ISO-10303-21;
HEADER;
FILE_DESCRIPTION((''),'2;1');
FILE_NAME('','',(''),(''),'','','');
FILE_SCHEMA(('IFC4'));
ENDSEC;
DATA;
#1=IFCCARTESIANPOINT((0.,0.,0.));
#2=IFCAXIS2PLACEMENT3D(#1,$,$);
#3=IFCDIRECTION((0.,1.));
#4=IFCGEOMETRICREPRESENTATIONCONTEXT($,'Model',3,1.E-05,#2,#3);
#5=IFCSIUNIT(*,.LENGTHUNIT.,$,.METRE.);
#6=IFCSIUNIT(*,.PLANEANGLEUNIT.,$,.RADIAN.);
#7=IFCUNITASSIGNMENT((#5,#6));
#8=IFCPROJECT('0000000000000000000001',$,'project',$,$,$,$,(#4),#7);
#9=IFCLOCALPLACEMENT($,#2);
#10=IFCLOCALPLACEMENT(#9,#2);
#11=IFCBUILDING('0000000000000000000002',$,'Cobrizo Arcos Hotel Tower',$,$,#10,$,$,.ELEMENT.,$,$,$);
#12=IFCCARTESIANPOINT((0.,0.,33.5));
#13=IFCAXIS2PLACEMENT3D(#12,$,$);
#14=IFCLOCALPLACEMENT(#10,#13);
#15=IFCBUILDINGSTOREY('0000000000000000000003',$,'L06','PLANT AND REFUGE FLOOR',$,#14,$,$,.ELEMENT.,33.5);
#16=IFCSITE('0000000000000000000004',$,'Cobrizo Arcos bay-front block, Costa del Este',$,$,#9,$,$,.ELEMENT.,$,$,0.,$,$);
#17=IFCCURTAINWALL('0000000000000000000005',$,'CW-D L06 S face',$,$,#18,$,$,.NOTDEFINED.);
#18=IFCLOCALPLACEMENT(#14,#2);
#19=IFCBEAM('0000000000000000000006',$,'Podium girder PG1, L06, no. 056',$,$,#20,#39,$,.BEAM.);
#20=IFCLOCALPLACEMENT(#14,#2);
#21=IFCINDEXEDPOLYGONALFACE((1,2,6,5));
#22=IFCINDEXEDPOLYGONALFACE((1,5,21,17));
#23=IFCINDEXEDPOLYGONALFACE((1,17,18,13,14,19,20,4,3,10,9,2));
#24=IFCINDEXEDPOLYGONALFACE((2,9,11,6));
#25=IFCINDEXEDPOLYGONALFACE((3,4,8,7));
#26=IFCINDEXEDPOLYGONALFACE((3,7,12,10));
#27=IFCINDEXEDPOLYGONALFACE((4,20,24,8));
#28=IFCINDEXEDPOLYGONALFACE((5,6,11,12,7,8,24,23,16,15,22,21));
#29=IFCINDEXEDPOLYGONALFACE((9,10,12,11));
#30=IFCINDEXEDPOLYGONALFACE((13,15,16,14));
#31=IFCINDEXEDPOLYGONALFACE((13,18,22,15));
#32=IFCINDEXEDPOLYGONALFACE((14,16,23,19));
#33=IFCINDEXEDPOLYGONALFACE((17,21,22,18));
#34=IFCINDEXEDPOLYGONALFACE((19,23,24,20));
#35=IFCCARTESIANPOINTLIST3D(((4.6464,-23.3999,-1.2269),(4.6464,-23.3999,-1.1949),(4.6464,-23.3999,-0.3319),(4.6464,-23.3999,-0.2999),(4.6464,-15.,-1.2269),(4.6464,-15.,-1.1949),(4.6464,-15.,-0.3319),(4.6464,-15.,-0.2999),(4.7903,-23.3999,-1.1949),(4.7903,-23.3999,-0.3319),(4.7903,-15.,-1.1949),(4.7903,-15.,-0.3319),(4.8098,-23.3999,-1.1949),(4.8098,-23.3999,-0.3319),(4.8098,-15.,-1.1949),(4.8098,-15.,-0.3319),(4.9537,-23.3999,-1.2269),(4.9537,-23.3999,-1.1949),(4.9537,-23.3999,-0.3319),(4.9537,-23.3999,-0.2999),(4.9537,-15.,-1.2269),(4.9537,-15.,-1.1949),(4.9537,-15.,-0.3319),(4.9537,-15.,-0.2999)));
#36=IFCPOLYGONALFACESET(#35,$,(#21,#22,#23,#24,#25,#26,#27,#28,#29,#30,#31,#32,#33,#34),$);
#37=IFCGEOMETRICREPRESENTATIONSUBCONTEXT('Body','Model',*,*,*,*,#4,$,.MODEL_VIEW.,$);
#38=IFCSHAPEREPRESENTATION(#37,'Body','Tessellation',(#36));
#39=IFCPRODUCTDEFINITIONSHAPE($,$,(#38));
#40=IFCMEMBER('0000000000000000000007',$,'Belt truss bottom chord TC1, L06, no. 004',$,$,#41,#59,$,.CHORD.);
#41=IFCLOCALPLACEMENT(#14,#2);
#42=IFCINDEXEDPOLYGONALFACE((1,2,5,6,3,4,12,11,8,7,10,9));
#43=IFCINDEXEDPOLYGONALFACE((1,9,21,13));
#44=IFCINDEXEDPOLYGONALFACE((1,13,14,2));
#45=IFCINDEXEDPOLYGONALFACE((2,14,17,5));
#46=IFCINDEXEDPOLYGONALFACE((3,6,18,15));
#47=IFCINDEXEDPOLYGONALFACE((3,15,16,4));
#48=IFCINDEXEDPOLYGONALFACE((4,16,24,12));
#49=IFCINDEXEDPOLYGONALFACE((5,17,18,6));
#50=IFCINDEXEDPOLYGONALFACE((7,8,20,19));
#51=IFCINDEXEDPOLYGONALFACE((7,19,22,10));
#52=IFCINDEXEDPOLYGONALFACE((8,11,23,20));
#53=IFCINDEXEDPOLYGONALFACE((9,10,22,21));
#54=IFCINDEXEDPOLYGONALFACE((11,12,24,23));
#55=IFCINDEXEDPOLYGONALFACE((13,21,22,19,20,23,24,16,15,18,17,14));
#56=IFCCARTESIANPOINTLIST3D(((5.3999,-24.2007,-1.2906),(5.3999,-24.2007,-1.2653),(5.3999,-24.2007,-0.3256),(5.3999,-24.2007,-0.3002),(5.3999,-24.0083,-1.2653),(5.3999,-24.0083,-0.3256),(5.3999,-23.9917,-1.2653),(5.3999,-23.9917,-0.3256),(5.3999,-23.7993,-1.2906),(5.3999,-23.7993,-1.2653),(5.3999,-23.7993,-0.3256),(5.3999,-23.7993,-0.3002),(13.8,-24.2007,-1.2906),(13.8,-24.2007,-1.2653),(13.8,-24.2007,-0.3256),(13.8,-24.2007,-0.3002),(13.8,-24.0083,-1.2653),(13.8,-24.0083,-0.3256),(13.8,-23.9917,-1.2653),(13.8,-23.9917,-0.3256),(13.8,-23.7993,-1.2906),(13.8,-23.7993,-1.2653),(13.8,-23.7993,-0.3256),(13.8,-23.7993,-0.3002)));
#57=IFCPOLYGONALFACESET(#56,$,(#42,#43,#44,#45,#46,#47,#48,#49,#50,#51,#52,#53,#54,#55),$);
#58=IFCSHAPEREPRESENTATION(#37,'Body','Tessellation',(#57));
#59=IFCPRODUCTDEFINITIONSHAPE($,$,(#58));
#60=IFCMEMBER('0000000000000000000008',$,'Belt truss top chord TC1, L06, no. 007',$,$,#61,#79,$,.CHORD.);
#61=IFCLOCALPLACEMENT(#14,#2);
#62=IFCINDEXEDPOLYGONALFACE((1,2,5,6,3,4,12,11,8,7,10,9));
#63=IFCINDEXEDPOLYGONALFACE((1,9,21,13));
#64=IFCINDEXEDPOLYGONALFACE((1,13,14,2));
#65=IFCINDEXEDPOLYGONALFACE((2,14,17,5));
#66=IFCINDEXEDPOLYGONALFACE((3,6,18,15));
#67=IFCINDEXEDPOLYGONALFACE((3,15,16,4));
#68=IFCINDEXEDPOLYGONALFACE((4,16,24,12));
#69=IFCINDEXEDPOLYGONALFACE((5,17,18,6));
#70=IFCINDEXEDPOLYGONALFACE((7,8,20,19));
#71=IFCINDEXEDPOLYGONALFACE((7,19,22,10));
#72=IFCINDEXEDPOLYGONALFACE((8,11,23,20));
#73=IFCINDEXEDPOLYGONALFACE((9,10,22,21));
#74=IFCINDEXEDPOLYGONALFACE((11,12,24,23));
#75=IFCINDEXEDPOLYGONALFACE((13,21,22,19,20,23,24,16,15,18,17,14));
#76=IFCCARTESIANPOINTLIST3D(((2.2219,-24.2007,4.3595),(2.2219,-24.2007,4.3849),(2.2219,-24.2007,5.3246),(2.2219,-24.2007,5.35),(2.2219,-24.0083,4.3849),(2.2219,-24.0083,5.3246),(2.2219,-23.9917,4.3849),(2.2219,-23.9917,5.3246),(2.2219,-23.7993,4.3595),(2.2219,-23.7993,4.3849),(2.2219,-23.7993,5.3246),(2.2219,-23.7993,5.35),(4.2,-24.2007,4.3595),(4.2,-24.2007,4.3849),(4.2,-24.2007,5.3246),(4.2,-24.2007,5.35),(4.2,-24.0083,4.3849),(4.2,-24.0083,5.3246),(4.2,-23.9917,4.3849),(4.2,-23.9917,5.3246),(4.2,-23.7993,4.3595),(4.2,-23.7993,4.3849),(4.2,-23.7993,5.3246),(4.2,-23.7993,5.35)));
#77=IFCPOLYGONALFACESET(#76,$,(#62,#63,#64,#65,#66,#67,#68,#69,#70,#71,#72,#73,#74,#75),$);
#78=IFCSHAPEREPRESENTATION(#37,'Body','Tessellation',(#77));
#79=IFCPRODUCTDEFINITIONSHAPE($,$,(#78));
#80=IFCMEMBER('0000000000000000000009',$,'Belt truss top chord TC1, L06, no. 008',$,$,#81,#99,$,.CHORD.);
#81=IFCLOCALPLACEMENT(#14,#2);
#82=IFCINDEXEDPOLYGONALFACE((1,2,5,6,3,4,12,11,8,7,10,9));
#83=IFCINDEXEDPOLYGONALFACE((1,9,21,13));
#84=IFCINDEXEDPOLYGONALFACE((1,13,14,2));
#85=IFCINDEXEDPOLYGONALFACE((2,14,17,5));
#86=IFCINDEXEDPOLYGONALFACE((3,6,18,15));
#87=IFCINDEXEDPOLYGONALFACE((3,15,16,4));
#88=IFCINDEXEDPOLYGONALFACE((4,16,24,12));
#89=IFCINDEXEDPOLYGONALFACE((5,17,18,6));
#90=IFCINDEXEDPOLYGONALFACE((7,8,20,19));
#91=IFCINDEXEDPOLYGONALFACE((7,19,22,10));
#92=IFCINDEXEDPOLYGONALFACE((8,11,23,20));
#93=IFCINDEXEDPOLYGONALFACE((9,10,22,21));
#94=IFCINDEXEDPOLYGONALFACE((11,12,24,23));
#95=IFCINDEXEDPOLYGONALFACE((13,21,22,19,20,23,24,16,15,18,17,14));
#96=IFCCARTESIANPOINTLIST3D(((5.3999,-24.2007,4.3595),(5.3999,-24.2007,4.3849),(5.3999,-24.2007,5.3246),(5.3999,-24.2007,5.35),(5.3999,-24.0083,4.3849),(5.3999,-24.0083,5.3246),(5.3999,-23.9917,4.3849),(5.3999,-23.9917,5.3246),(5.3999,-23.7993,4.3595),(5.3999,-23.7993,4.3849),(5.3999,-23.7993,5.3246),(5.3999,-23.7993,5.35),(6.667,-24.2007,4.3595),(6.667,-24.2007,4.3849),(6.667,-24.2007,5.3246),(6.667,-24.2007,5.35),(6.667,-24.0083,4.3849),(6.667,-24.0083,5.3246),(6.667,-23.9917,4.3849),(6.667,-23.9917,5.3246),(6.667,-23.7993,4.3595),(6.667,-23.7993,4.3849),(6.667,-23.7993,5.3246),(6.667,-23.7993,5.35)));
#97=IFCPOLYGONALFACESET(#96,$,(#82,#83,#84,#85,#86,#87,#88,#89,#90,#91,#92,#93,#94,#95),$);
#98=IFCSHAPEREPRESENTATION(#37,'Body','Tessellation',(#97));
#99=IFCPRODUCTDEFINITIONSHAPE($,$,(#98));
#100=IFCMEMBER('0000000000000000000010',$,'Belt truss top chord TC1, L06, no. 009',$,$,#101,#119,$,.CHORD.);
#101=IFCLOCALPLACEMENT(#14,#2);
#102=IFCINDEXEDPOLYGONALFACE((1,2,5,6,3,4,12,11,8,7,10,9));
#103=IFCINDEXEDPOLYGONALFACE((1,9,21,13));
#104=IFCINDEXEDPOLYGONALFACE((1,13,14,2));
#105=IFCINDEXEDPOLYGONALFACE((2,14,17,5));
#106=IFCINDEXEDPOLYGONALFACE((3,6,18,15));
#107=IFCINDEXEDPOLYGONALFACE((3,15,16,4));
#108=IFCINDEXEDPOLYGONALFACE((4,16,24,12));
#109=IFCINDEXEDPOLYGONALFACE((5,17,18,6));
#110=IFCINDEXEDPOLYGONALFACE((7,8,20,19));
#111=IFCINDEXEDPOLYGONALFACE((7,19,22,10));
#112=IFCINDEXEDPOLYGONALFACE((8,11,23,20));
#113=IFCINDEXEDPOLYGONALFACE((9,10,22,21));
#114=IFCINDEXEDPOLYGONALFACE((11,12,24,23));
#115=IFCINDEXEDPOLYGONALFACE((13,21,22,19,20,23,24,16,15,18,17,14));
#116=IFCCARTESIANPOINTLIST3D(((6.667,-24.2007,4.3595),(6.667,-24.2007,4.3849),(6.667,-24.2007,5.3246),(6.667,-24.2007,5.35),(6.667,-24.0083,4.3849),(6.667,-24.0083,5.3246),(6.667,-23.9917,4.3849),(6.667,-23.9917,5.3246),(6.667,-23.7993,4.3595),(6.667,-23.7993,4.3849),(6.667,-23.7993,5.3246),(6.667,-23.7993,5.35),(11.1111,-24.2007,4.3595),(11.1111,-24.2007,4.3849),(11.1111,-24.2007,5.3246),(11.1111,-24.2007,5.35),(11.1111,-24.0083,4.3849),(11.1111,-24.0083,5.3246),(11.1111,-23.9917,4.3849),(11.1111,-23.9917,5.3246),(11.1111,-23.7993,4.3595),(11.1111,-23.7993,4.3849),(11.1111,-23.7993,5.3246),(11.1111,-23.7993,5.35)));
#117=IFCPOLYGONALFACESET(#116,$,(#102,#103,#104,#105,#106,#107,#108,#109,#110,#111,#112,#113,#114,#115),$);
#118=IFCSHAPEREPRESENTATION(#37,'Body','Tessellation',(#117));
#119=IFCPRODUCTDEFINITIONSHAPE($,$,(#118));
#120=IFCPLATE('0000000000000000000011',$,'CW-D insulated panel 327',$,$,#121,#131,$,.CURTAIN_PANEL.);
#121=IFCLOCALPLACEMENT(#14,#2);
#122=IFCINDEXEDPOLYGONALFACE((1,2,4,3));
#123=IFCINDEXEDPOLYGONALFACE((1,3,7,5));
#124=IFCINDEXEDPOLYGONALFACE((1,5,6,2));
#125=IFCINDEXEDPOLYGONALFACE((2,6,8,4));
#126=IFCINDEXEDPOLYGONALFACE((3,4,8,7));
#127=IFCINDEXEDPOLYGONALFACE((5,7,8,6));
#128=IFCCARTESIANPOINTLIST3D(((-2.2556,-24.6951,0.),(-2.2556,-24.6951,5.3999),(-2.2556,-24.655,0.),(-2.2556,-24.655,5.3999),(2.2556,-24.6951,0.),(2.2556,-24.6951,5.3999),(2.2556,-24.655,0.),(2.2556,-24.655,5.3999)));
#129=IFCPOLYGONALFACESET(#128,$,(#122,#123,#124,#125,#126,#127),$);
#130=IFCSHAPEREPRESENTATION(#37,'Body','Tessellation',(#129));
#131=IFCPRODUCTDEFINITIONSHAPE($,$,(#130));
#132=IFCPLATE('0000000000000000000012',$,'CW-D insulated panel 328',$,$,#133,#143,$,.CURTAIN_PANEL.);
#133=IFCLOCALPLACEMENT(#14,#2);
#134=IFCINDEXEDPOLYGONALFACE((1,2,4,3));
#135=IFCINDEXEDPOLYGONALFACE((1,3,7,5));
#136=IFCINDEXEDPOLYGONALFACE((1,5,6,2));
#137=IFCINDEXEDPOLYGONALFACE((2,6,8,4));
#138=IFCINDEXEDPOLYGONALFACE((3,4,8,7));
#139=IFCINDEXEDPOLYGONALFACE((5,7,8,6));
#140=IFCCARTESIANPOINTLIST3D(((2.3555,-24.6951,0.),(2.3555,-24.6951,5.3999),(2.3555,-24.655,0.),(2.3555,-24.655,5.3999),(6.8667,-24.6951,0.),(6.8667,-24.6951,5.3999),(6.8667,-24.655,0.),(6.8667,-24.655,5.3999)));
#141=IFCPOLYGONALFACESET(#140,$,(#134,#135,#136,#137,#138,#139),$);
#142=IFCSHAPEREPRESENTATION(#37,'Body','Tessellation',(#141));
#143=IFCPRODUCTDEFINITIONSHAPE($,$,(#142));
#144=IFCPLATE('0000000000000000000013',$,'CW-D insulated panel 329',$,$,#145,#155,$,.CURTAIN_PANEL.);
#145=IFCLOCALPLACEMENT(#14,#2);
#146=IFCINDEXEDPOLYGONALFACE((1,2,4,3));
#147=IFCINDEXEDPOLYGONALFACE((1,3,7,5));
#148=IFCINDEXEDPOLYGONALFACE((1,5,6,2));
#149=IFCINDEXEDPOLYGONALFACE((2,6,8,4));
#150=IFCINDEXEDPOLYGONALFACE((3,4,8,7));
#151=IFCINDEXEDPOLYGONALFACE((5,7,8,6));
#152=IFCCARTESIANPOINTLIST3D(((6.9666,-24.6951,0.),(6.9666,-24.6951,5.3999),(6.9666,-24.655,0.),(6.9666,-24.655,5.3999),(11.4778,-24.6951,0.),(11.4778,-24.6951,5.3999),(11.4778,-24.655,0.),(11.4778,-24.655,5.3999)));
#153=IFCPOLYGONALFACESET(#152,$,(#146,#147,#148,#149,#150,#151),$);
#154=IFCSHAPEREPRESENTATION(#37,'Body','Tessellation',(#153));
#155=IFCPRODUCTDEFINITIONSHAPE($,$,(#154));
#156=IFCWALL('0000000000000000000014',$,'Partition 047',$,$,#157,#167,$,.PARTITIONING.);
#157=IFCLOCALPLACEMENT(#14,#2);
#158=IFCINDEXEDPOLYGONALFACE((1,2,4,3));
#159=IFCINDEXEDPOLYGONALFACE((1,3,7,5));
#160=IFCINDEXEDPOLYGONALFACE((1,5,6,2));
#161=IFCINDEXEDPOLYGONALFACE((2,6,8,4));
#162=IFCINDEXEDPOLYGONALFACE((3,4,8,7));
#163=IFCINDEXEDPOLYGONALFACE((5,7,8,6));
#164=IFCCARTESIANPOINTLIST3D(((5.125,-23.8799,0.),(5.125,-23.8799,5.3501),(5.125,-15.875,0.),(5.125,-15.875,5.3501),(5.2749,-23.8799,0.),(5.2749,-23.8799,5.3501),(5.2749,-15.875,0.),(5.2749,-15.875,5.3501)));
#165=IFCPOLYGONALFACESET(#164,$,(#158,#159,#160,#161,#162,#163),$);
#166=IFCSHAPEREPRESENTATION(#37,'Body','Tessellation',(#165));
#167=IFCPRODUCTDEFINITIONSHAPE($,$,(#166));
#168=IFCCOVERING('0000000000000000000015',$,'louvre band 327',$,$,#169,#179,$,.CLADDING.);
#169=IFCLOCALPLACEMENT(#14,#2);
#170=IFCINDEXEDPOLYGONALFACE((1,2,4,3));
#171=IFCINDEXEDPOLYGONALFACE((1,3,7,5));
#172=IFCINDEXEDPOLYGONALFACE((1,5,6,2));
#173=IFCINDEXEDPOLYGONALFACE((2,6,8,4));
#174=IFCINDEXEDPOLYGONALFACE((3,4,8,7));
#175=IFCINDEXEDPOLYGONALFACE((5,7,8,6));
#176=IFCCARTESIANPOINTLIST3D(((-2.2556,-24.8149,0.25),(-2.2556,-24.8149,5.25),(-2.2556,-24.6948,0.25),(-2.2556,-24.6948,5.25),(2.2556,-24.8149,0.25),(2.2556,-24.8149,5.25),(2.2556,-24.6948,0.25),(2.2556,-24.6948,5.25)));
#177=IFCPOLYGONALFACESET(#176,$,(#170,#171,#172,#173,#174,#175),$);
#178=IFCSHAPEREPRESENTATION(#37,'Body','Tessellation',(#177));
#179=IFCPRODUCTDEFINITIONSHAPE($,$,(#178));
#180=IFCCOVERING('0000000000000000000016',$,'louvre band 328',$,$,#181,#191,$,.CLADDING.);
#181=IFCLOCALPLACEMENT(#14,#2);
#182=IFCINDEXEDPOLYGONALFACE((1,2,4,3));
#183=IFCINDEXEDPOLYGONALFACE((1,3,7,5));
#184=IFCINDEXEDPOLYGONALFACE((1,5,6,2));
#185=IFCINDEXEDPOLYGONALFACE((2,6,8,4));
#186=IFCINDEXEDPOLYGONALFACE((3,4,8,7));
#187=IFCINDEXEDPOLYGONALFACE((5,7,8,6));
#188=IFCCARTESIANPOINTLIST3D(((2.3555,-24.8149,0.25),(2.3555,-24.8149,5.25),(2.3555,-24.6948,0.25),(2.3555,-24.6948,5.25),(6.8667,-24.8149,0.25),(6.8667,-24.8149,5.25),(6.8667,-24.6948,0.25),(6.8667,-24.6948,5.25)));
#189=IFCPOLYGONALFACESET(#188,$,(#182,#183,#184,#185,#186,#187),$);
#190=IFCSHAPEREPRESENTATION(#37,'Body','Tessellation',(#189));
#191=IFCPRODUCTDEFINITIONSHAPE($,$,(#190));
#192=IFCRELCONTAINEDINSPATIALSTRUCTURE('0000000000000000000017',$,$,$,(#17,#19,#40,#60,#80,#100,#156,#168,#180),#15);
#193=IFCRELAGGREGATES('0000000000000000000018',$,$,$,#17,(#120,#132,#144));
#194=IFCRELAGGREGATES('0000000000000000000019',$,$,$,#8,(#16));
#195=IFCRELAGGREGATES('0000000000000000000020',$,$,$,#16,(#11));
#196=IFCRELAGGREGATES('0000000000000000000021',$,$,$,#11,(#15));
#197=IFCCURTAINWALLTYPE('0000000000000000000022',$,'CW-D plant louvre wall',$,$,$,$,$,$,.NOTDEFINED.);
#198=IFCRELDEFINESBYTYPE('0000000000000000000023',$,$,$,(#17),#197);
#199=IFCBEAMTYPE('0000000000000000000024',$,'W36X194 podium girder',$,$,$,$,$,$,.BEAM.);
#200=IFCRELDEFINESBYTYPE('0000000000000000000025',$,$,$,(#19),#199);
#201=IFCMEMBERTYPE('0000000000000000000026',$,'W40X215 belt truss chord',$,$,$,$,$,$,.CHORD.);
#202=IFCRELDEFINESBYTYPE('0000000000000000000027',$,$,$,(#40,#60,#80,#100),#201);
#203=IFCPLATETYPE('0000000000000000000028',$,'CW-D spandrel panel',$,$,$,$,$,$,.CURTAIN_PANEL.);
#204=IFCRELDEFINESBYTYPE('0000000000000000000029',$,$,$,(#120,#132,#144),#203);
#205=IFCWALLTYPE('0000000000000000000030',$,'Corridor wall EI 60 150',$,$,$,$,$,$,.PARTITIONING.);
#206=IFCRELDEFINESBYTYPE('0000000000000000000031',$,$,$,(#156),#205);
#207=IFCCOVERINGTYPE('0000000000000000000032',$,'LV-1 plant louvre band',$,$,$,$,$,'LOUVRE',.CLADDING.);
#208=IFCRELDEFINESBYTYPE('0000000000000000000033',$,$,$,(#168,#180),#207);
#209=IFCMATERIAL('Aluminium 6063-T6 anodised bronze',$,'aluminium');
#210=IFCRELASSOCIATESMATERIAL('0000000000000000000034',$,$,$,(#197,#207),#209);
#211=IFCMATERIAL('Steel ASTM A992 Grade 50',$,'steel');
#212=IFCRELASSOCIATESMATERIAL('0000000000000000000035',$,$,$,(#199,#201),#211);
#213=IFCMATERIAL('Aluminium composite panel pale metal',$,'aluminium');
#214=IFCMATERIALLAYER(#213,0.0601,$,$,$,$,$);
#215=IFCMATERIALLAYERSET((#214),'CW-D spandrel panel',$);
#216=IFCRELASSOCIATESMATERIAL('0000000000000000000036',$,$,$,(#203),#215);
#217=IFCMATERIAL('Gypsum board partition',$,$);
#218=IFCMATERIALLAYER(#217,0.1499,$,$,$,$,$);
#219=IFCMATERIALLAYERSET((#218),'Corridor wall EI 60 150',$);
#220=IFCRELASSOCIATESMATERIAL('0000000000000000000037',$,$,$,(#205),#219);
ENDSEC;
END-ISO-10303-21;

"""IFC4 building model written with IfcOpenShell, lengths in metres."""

from ifc_helpers import new_model, si_unit, direction, frame, frame_2d, origin, origin_2d, place, context, subcontext, project, spatial, rectangle, i_section, extrude, material, layer, layer_set, material_profile, profile_set, type_object, element, aggregate, save


model = new_model("IFC4")

# Units and contexts
model_context = context("Model", 3, precision=1e-05, world=origin(), true_north=direction((0.0, 1.0)))
body_context = subcontext(model_context, "Body", "Model", "MODEL_VIEW")
ifc_project = project(units=[si_unit("LENGTHUNIT", "METRE"), si_unit("PLANEANGLEUNIT", "RADIAN")], contexts=[model_context])

# Site, building, storey
site_placement = place(None, origin())
site = spatial("IfcSite", under=ifc_project, at=site_placement, Name="Cobrizo Arcos bay-front block, Costa del Este", CompositionType="ELEMENT", RefElevation=0.0)
building_placement = place(site_placement, origin())
building = spatial("IfcBuilding", under=site, at=building_placement, Name="Cobrizo Arcos Hotel Tower", CompositionType="ELEMENT")
storey_placement = place(building_placement, frame((0.0, 0.0, 33.5)))
storey = spatial("IfcBuildingStorey", under=building, at=storey_placement, Name="L06", Description="PLANT AND REFUGE FLOOR", CompositionType="ELEMENT", Elevation=33.5)

# Curtain wall
ifc_material_1 = material(Name="Aluminium 6063-T6 anodised bronze", Category="aluminium")
curtain_wall_type = type_object("IfcCurtainWallType", Name="CW-D plant louvre wall", PredefinedType="NOTDEFINED", material=ifc_material_1)
curtain_wall_placement = place(storey_placement, origin())
curtain_wall = element("IfcCurtainWall", 1, at=curtain_wall_placement, inside=storey, type_object=curtain_wall_type, Name="CW-D L06 S face", PredefinedType="NOTDEFINED")

# Shared definitions
ifc_material_2 = material(Name="Steel ASTM A992 Grade 50", Category="steel")

# Beam
ifc_material_profile_1 = material_profile(ifc_material_2, i_section(OverallWidth=0.3074, OverallDepth=0.927, WebThickness=0.0195, FlangeThickness=0.032, at=origin_2d()), Name="W36X194")
ifc_profile_set_1 = profile_set([ifc_material_profile_1], Name="Steel ASTM A992 Grade 50")
beam_type_1 = type_object("IfcBeamType", Name="W36X194 podium girder", PredefinedType="BEAM", material=ifc_profile_set_1)
beam_1_placement = place(storey_placement, frame((4.8, -23.3999, -0.7634), z_axis=(0.0, 1.0, 0.0), x_axis=(-1.0, 0.0, 0.0)))
element("IfcBeam", 2, at=beam_1_placement, inside=storey, type_object=beam_type_1, Name="Podium girder PG1, L06, no. 056", PredefinedType="BEAM", context=body_context, shape_type="SweptSolid", body=[
    extrude(i_section(OverallWidth=0.3074, OverallDepth=0.927, WebThickness=0.0195, FlangeThickness=0.032, at=origin_2d()), origin(), (0.0, 0.0, 1.0), 8.3999),
])

# Members
ifc_material_profile_2 = material_profile(ifc_material_2, i_section(OverallWidth=0.4014, OverallDepth=0.9905, WebThickness=0.0166, FlangeThickness=0.0254, at=origin_2d()), Name="W40X215")
ifc_profile_set_2 = profile_set([ifc_material_profile_2], Name="Steel ASTM A992 Grade 50")
member_type_1 = type_object("IfcMemberType", Name="W40X215 belt truss chord", PredefinedType="CHORD", material=ifc_profile_set_2)
member_1_placement = place(storey_placement, frame((5.3999, -24.0, -0.7954), z_axis=(1.0, 0.0, 0.0), x_axis=(0.0, 1.0, 0.0)))
element("IfcMember", 3, at=member_1_placement, inside=storey, type_object=member_type_1, Name="Belt truss bottom chord TC1, L06, no. 004", PredefinedType="CHORD", context=body_context, shape_type="SweptSolid", body=[
    extrude(i_section(OverallWidth=0.4014, OverallDepth=0.9905, WebThickness=0.0166, FlangeThickness=0.0254, at=origin_2d()), origin(), (0.0, 0.0, 1.0), 8.4001),
])
member_2_placement = place(storey_placement, frame((2.2219, -24.0, 4.8547), z_axis=(1.0, 0.0, 0.0), x_axis=(0.0, 1.0, 0.0)))
element("IfcMember", 4, at=member_2_placement, inside=storey, type_object=member_type_1, Name="Belt truss top chord TC1, L06, no. 007", PredefinedType="CHORD", context=body_context, shape_type="SweptSolid", body=[
    extrude(i_section(OverallWidth=0.4014, OverallDepth=0.9905, WebThickness=0.0166, FlangeThickness=0.0254, at=origin_2d()), origin(), (0.0, 0.0, 1.0), 1.978),
])
member_3_placement = place(storey_placement, frame((5.3999, -24.0, 4.8547), z_axis=(1.0, 0.0, 0.0), x_axis=(0.0, 1.0, 0.0)))
element("IfcMember", 5, at=member_3_placement, inside=storey, type_object=member_type_1, Name="Belt truss top chord TC1, L06, no. 008", PredefinedType="CHORD", context=body_context, shape_type="SweptSolid", body=[
    extrude(i_section(OverallWidth=0.4014, OverallDepth=0.9905, WebThickness=0.0166, FlangeThickness=0.0254, at=origin_2d()), origin(), (0.0, 0.0, 1.0), 1.2671),
])
member_4_placement = place(storey_placement, frame((6.667, -24.0, 4.8547), z_axis=(1.0, 0.0, 0.0), x_axis=(0.0, 1.0, 0.0)))
element("IfcMember", 6, at=member_4_placement, inside=storey, type_object=member_type_1, Name="Belt truss top chord TC1, L06, no. 009", PredefinedType="CHORD", context=body_context, shape_type="SweptSolid", body=[
    extrude(i_section(OverallWidth=0.4014, OverallDepth=0.9905, WebThickness=0.0166, FlangeThickness=0.0254, at=origin_2d()), origin(), (0.0, 0.0, 1.0), 4.4441),
])

# Plates
ifc_material_3 = material(Name="Aluminium composite panel pale metal", Category="aluminium")
ifc_layer_1 = layer(ifc_material_3, 0.0601)
ifc_layer_set_1 = layer_set([ifc_layer_1], Name="CW-D spandrel panel")
plate_type = type_object("IfcPlateType", Name="CW-D spandrel panel", PredefinedType="CURTAIN_PANEL", material=ifc_layer_set_1)
plate_1_placement = place(storey_placement, frame((0.0, -24.675, 0.0), z_axis=(0.0, 0.0, 1.0), x_axis=(1.0, 0.0, 0.0)))
plate_1 = element("IfcPlate", 7, at=plate_1_placement, type_object=plate_type, Name="CW-D insulated panel 327", PredefinedType="CURTAIN_PANEL", context=body_context, shape_type="SweptSolid", body=[
    extrude(rectangle(XDim=4.5112, YDim=0.04, at=origin_2d()), origin(), (0.0, 0.0, 1.0), 5.3999),
])
plate_2_placement = place(storey_placement, frame((4.6111, -24.675, 0.0), z_axis=(0.0, 0.0, 1.0), x_axis=(1.0, 0.0, 0.0)))
plate_2 = element("IfcPlate", 8, at=plate_2_placement, type_object=plate_type, Name="CW-D insulated panel 328", PredefinedType="CURTAIN_PANEL", context=body_context, shape_type="SweptSolid", body=[
    extrude(rectangle(XDim=4.5112, YDim=0.04, at=origin_2d()), origin(), (0.0, 0.0, 1.0), 5.3999),
])
plate_3_placement = place(storey_placement, frame((9.2222, -24.675, 0.0), z_axis=(0.0, 0.0, 1.0), x_axis=(1.0, 0.0, 0.0)))
plate_3 = element("IfcPlate", 9, at=plate_3_placement, type_object=plate_type, Name="CW-D insulated panel 329", PredefinedType="CURTAIN_PANEL", context=body_context, shape_type="SweptSolid", body=[
    extrude(rectangle(XDim=4.5112, YDim=0.04, at=origin_2d()), origin(), (0.0, 0.0, 1.0), 5.3999),
])
aggregate(curtain_wall, [plate_1, plate_2, plate_3])

# Wall
ifc_material_4 = material(Name="Gypsum board partition")
ifc_layer_2 = layer(ifc_material_4, 0.1499)
ifc_layer_set_2 = layer_set([ifc_layer_2], Name="Corridor wall EI 60 150")
wall_type = type_object("IfcWallType", Name="Corridor wall EI 60 150", PredefinedType="PARTITIONING", material=ifc_layer_set_2)
wall_placement = place(storey_placement, frame((5.2, -23.8799, 0.0), z_axis=(0.0, 0.0, 1.0), x_axis=(0.0, 1.0, 0.0)))
element("IfcWall", 10, at=wall_placement, inside=storey, type_object=wall_type, Name="Partition 047", PredefinedType="PARTITIONING", context=body_context, shape_type="SweptSolid", body=[
    extrude(rectangle(XDim=8.0049, YDim=0.1499, at=frame_2d((4.0024, 0.0))), origin(), (0.0, 0.0, 1.0), 5.3501),
])

# Coverings
covering_type = type_object("IfcCoveringType", Name="LV-1 plant louvre band", ElementType="LOUVRE", PredefinedType="CLADDING", material=ifc_material_1)
for number, where, z_axis, x_axis, name in (
    (11, (0.0, -24.7549, 0.25), (0.0, 0.0, 1.0), (1.0, 0.0, 0.0), "louvre band 327"),
    (12, (4.6111, -24.7549, 0.25), (0.0, 0.0, 1.0), (1.0, 0.0, 0.0), "louvre band 328"),
):
    element("IfcCovering", number, at=place(storey_placement, frame(where, z_axis=z_axis, x_axis=x_axis)), inside=storey, type_object=covering_type, Name=name, PredefinedType="CLADDING", context=body_context, shape_type="SweptSolid", body=[
        extrude(rectangle(XDim=4.5112, YDim=0.1201, at=origin_2d()), origin(), (0.0, 0.0, 1.0), 5.0),
    ])

save(model, "model.ifc")
